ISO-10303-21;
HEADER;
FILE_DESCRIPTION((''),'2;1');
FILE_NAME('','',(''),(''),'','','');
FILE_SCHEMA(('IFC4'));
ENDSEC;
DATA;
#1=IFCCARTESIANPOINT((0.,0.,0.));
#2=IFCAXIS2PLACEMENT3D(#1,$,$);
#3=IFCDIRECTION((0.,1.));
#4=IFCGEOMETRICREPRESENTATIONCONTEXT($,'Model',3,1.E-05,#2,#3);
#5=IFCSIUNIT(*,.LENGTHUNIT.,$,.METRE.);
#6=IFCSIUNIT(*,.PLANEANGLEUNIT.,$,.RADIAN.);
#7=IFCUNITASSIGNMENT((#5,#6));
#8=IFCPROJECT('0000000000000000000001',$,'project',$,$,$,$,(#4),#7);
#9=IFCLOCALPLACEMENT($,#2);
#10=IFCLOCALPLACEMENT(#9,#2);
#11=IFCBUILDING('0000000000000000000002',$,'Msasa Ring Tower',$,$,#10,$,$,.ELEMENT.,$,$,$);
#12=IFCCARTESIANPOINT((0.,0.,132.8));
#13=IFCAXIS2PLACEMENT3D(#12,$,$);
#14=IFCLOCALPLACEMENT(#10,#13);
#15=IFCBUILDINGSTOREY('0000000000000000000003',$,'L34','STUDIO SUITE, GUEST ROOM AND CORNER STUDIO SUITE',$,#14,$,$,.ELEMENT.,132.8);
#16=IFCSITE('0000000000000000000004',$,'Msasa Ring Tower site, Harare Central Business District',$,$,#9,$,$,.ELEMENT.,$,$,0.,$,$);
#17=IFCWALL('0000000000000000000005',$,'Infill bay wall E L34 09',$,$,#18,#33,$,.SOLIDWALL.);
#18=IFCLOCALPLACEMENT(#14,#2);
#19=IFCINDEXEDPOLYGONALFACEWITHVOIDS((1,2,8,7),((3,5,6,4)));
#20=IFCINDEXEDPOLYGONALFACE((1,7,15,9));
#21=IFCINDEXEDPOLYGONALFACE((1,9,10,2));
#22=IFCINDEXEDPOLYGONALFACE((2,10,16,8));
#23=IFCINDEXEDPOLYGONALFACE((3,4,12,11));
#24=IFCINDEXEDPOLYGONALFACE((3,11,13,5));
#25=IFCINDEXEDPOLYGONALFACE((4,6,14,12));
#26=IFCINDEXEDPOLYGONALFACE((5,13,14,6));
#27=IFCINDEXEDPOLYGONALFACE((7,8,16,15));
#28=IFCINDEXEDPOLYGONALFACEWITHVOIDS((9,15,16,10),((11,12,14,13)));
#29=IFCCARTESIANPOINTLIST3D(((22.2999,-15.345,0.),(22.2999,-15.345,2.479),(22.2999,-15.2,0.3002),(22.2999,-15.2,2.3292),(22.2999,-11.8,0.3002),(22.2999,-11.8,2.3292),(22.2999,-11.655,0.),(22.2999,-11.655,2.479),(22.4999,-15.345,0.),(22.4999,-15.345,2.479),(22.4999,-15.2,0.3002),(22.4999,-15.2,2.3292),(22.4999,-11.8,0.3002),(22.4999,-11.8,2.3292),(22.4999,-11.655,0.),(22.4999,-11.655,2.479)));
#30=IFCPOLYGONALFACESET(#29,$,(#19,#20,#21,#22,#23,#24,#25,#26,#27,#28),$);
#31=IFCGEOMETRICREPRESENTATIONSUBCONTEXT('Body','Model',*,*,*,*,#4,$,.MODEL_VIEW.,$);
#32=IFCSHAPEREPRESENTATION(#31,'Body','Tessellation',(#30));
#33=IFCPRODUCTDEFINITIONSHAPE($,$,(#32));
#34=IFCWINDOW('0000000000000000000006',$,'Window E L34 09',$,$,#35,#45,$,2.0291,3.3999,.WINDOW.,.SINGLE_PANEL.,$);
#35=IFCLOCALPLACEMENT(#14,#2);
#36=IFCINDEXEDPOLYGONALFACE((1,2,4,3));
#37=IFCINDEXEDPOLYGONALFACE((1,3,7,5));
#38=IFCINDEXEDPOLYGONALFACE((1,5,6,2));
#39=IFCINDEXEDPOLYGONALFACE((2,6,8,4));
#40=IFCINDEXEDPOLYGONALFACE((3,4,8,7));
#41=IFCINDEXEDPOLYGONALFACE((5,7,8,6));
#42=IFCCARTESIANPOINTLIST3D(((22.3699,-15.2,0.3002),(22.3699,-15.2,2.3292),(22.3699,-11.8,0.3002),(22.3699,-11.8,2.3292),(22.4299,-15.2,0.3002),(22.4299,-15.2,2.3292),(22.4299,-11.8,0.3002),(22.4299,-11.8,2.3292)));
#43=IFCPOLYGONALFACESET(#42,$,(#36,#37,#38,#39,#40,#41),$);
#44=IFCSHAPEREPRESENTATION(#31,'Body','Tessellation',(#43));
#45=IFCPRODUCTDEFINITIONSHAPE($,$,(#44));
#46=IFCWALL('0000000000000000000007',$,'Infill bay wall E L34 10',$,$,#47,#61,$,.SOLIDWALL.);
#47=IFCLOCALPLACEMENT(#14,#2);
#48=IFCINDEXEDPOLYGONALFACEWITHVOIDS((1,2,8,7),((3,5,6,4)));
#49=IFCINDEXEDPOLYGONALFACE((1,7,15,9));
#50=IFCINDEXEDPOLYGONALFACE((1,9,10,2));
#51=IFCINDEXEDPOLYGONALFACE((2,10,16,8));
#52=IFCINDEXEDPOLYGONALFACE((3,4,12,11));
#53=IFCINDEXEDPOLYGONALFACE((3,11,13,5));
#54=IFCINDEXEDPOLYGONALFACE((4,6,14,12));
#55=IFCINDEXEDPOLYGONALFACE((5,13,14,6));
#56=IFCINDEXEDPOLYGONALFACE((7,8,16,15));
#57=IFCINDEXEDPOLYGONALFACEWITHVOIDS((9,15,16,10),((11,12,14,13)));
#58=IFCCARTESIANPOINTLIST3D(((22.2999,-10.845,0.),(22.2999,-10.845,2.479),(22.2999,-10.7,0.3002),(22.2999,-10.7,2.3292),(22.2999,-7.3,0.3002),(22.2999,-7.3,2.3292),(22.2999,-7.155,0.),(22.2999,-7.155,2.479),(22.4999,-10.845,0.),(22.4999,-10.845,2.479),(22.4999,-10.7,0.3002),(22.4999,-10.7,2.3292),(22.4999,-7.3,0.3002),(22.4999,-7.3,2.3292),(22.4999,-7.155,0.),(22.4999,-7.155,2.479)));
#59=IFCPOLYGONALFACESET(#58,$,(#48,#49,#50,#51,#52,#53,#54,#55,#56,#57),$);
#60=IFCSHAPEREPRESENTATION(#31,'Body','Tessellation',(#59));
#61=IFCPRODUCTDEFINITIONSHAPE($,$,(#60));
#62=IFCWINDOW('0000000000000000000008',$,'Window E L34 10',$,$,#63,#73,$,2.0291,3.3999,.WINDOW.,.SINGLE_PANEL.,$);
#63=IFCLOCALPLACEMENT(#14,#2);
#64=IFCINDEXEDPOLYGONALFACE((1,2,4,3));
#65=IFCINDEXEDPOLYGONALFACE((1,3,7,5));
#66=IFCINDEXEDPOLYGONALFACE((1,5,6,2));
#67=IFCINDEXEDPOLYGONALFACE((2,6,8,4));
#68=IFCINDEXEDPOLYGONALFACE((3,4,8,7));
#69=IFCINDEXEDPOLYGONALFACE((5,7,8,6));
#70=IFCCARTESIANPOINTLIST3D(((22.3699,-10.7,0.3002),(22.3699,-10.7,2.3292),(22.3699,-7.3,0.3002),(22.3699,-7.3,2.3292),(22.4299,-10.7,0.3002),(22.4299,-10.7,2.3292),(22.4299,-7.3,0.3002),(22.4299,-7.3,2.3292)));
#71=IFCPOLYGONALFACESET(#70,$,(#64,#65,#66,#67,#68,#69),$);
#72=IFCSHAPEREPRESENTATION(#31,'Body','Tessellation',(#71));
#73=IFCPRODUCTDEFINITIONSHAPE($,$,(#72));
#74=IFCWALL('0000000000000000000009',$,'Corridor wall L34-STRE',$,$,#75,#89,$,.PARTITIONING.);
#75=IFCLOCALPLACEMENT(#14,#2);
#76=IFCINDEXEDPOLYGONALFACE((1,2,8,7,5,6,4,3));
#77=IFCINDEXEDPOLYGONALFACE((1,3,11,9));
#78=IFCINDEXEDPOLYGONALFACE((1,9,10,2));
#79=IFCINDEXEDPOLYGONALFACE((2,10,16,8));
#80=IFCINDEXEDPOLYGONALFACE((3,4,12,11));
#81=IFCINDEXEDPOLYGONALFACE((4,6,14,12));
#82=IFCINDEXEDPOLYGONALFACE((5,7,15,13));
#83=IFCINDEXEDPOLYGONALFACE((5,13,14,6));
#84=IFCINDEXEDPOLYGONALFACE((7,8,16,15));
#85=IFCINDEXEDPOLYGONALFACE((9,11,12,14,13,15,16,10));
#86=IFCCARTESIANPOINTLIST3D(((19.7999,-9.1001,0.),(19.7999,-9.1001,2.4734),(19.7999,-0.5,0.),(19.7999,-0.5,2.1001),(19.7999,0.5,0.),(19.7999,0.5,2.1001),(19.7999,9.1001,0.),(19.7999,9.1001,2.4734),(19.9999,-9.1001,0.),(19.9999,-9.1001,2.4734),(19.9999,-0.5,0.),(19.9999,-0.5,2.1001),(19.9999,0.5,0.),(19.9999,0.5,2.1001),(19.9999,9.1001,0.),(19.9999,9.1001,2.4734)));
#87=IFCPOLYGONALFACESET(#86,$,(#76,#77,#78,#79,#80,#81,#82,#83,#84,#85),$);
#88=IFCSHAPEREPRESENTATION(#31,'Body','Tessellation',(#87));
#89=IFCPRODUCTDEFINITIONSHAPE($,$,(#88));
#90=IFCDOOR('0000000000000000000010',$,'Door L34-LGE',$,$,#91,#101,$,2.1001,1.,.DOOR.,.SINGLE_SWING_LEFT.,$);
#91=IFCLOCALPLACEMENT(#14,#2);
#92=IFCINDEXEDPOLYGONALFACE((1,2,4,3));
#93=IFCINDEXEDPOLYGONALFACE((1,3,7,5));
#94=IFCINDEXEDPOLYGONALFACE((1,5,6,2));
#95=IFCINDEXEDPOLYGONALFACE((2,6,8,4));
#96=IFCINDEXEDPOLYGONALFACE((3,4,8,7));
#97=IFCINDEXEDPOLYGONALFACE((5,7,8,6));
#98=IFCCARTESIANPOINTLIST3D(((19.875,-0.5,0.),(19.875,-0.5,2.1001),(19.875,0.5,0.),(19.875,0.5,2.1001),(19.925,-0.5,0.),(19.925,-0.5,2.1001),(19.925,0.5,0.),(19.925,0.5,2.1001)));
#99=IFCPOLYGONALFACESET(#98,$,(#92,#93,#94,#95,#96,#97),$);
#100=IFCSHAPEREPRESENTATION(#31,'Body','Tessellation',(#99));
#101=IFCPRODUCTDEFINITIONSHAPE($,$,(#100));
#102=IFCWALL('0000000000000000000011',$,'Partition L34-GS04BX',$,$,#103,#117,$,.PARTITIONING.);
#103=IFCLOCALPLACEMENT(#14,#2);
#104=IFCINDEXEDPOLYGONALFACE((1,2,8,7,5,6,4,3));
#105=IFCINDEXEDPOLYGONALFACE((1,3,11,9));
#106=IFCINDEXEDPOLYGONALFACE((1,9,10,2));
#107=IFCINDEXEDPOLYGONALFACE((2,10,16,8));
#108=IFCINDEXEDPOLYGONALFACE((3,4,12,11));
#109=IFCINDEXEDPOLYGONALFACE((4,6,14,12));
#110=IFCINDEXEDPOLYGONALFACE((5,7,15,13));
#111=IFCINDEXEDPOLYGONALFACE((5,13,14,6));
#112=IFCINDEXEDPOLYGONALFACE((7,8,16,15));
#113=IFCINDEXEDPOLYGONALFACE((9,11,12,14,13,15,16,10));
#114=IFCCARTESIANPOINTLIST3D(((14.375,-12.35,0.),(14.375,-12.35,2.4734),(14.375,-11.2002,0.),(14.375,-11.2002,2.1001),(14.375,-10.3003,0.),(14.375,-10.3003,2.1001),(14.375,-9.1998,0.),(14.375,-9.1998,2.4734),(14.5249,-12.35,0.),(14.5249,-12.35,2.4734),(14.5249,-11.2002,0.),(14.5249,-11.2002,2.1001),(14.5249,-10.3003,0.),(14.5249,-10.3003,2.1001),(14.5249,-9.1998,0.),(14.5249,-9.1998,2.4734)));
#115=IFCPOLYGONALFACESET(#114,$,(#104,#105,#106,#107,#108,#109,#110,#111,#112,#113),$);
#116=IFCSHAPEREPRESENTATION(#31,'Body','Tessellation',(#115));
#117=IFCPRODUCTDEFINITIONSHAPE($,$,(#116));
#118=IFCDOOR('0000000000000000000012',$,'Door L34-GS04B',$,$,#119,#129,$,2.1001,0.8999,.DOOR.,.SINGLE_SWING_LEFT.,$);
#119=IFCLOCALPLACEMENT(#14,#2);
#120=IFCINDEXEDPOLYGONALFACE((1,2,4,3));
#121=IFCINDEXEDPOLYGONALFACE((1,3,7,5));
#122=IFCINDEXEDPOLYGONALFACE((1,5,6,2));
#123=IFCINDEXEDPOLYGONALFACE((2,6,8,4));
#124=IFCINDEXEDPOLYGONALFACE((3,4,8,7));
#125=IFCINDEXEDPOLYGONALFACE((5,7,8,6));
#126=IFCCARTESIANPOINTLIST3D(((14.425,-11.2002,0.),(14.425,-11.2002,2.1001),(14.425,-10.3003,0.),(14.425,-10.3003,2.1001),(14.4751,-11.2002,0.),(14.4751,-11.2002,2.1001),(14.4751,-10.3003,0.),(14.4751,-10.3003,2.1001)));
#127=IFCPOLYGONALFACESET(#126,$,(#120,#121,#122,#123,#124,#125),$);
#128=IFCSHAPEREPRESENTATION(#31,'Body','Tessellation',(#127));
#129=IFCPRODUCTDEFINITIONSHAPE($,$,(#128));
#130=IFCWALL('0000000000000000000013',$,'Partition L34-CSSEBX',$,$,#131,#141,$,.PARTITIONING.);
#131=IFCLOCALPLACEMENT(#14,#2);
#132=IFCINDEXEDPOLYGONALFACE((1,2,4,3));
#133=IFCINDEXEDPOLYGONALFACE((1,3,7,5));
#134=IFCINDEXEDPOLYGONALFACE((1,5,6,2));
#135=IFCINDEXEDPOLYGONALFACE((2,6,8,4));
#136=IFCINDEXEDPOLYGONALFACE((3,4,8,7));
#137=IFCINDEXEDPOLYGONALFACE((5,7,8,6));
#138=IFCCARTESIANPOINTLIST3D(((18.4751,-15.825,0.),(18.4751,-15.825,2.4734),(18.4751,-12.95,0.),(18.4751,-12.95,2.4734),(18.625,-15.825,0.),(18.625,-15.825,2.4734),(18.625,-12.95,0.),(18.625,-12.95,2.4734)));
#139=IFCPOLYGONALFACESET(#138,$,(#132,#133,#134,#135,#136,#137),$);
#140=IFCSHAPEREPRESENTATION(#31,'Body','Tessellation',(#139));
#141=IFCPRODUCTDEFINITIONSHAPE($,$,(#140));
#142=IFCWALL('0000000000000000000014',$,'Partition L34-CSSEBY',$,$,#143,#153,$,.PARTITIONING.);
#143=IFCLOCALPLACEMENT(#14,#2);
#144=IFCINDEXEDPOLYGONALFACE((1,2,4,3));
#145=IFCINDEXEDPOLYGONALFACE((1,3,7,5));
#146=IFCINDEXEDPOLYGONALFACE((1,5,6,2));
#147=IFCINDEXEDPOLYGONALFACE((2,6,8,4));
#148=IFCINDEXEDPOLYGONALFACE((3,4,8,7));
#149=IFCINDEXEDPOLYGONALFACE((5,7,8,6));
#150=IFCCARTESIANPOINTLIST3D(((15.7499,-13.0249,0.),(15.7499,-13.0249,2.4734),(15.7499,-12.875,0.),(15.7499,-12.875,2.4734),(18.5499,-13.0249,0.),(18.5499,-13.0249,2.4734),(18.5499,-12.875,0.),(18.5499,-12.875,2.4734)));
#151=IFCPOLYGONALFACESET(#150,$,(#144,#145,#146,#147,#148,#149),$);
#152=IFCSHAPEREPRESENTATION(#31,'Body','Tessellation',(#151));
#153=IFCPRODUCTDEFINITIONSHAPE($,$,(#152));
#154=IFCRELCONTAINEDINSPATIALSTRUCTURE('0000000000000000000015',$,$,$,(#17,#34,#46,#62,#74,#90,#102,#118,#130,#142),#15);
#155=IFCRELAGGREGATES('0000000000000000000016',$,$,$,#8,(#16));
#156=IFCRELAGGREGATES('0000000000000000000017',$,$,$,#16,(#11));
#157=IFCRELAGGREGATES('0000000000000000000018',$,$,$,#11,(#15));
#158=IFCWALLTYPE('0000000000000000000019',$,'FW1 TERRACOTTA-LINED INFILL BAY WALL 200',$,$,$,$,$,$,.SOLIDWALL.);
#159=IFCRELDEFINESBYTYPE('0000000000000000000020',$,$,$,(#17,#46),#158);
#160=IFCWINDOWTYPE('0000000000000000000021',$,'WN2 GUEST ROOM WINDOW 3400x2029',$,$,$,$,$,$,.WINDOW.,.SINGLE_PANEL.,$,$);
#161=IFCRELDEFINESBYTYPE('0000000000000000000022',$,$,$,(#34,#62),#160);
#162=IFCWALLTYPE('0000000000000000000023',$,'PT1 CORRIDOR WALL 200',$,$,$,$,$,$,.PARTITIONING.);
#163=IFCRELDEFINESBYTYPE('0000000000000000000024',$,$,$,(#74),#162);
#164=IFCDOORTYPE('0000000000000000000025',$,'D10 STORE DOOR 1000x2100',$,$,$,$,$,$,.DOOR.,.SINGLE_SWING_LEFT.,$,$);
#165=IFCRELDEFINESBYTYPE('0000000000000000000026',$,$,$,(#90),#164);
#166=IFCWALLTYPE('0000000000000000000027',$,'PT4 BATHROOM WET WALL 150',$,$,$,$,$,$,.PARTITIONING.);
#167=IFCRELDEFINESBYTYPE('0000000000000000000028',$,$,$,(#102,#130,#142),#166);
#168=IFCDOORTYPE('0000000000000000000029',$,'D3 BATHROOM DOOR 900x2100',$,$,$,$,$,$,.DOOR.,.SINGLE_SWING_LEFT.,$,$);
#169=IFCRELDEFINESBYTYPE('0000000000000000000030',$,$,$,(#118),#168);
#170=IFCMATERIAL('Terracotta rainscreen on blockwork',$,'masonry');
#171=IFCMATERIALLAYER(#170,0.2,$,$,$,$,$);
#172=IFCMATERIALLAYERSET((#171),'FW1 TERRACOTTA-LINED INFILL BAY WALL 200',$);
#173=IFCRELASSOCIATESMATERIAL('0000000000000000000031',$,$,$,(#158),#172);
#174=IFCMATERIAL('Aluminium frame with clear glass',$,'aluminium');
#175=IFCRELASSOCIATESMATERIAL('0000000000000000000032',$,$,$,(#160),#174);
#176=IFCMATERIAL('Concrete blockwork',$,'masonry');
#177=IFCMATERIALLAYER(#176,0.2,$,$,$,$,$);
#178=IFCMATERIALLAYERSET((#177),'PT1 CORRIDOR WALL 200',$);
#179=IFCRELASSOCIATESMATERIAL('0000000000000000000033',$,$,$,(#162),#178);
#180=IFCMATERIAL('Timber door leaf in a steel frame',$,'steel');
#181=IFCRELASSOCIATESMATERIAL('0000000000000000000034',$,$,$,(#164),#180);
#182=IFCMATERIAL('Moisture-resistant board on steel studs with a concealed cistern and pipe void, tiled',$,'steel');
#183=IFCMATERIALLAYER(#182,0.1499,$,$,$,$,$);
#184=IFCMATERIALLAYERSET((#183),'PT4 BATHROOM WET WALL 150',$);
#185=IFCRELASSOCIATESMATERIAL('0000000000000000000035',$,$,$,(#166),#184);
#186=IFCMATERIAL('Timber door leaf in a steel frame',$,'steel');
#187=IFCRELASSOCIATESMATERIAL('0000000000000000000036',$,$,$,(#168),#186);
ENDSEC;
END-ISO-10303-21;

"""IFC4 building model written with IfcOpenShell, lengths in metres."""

from ifc_helpers import new_model, si_unit, direction, frame, frame_2d, origin, place, context, subcontext, project, spatial, rectangle, extrude, material, layer, layer_set, type_object, element, fill, save


model = new_model("IFC4")

# Units and contexts
model_context = context("Model", 3, precision=1e-05, world=origin(), true_north=direction((0.0, 1.0)))
body_context = subcontext(model_context, "Body", "Model", "MODEL_VIEW")
ifc_project = project(units=[si_unit("LENGTHUNIT", "METRE"), si_unit("PLANEANGLEUNIT", "RADIAN")], contexts=[model_context])

# Site, building, storey
site_placement = place(None, origin())
site = spatial("IfcSite", under=ifc_project, at=site_placement, Name="Msasa Ring Tower site, Harare Central Business District", CompositionType="ELEMENT", RefElevation=0.0)
building_placement = place(site_placement, origin())
building = spatial("IfcBuilding", under=site, at=building_placement, Name="Msasa Ring Tower", CompositionType="ELEMENT")
storey_placement = place(building_placement, frame((0.0, 0.0, 132.8)))
storey = spatial("IfcBuildingStorey", under=building, at=storey_placement, Name="L34", Description="STUDIO SUITE, GUEST ROOM AND CORNER STUDIO SUITE", CompositionType="ELEMENT", Elevation=132.8)

# Walls, openings, windows
ifc_material_1 = material(Name="Terracotta rainscreen on blockwork", Category="masonry")
ifc_layer_1 = layer(ifc_material_1, 0.2)
ifc_layer_set_1 = layer_set([ifc_layer_1], Name="FW1 TERRACOTTA-LINED INFILL BAY WALL 200")
wall_type_1 = type_object("IfcWallType", Name="FW1 TERRACOTTA-LINED INFILL BAY WALL 200", PredefinedType="SOLIDWALL", material=ifc_layer_set_1)
wall_1_placement = place(storey_placement, frame((22.3999, -15.345, 0.0), z_axis=(0.0, 0.0, 1.0), x_axis=(0.0, 1.0, 0.0)))
wall_1 = element("IfcWall", 1, at=wall_1_placement, inside=storey, type_object=wall_type_1, Name="Infill bay wall E L34 09", PredefinedType="SOLIDWALL", context=body_context, shape_type="SweptSolid", body=[
    extrude(rectangle(XDim=3.6899, YDim=0.2, at=frame_2d((1.845, 0.0))), origin(), (0.0, 0.0, 1.0), 2.479),
])
opening_1_placement = place(wall_1_placement, frame((0.145, 0.0, 0.3)))
opening_1 = element("IfcOpeningElement", 2, at=opening_1_placement, cuts=wall_1, PredefinedType="OPENING", context=body_context, shape_type="SweptSolid", body=[
    extrude(rectangle(XDim=3.3999, YDim=2.0291, at=frame_2d((1.7, 1.0146))), frame((0.0, 0.1099, 0.0), z_axis=(0.0, -1.0, 0.0), x_axis=(1.0, 0.0, 0.0)), (0.0, 0.0, 1.0), 0.22),
])
ifc_material_2 = material(Name="Aluminium frame with clear glass", Category="aluminium")
window_type = type_object("IfcWindowType", Name="WN2 GUEST ROOM WINDOW 3400x2029", PartitioningType="SINGLE_PANEL", PredefinedType="WINDOW", material=ifc_material_2)
window_1_placement = place(opening_1_placement, origin())
window_1 = element("IfcWindow", 3, at=window_1_placement, inside=storey, type_object=window_type, Name="Window E L34 09", OverallHeight=2.0291, OverallWidth=3.3999, PartitioningType="SINGLE_PANEL", PredefinedType="WINDOW", context=body_context, shape_type="SweptSolid", body=[
    extrude(rectangle(XDim=3.3999, YDim=2.0291, at=frame_2d((1.7, 1.0146))), frame((0.0, 0.03, 0.0), z_axis=(0.0, -1.0, 0.0), x_axis=(1.0, 0.0, 0.0)), (0.0, 0.0, 1.0), 0.0601),
])
fill(opening_1, window_1)
wall_2_placement = place(storey_placement, frame((22.3999, -10.845, 0.0), z_axis=(0.0, 0.0, 1.0), x_axis=(0.0, 1.0, 0.0)))
wall_2 = element("IfcWall", 4, at=wall_2_placement, inside=storey, type_object=wall_type_1, Name="Infill bay wall E L34 10", PredefinedType="SOLIDWALL", context=body_context, shape_type="SweptSolid", body=[
    extrude(rectangle(XDim=3.6899, YDim=0.2, at=frame_2d((1.845, 0.0))), origin(), (0.0, 0.0, 1.0), 2.479),
])
opening_2_placement = place(wall_2_placement, frame((0.145, 0.0, 0.3)))
opening_2 = element("IfcOpeningElement", 5, at=opening_2_placement, cuts=wall_2, PredefinedType="OPENING", context=body_context, shape_type="SweptSolid", body=[
    extrude(rectangle(XDim=3.3999, YDim=2.0291, at=frame_2d((1.7, 1.0146))), frame((0.0, 0.1099, 0.0), z_axis=(0.0, -1.0, 0.0), x_axis=(1.0, 0.0, 0.0)), (0.0, 0.0, 1.0), 0.22),
])
window_2_placement = place(opening_2_placement, origin())
window_2 = element("IfcWindow", 6, at=window_2_placement, inside=storey, type_object=window_type, Name="Window E L34 10", OverallHeight=2.0291, OverallWidth=3.3999, PartitioningType="SINGLE_PANEL", PredefinedType="WINDOW", context=body_context, shape_type="SweptSolid", body=[
    extrude(rectangle(XDim=3.3999, YDim=2.0291, at=frame_2d((1.7, 1.0146))), frame((0.0, 0.03, 0.0), z_axis=(0.0, -1.0, 0.0), x_axis=(1.0, 0.0, 0.0)), (0.0, 0.0, 1.0), 0.0601),
])
fill(opening_2, window_2)

# Walls, openings, doors
ifc_material_3 = material(Name="Concrete blockwork", Category="masonry")
ifc_layer_2 = layer(ifc_material_3, 0.2)
ifc_layer_set_2 = layer_set([ifc_layer_2], Name="PT1 CORRIDOR WALL 200")
wall_type_2 = type_object("IfcWallType", Name="PT1 CORRIDOR WALL 200", PredefinedType="PARTITIONING", material=ifc_layer_set_2)
wall_3_placement = place(storey_placement, frame((19.8999, -9.1001, 0.0), z_axis=(0.0, 0.0, 1.0), x_axis=(0.0, 1.0, 0.0)))
wall_3 = element("IfcWall", 7, at=wall_3_placement, inside=storey, type_object=wall_type_2, Name="Corridor wall L34-STRE", PredefinedType="PARTITIONING", context=body_context, shape_type="SweptSolid", body=[
    extrude(rectangle(XDim=18.2002, YDim=0.2, at=frame_2d((9.1001, 0.0))), origin(), (0.0, 0.0, 1.0), 2.4734),
])
opening_3_placement = place(wall_3_placement, frame((8.6001, 0.0, 0.0)))
opening_3 = element("IfcOpeningElement", 8, at=opening_3_placement, cuts=wall_3, PredefinedType="OPENING", context=body_context, shape_type="SweptSolid", body=[
    extrude(rectangle(XDim=1.0, YDim=2.1001, at=frame_2d((0.5, 1.05))), frame((0.0, 0.1099, 0.0), z_axis=(0.0, -1.0, 0.0), x_axis=(1.0, 0.0, 0.0)), (0.0, 0.0, 1.0), 0.22),
])
ifc_material_4 = material(Name="Timber door leaf in a steel frame", Category="steel")
door_type_1 = type_object("IfcDoorType", Name="D10 STORE DOOR 1000x2100", OperationType="SINGLE_SWING_LEFT", PredefinedType="DOOR", material=ifc_material_4)
door_1_placement = place(opening_3_placement, origin())
door_1 = element("IfcDoor", 9, at=door_1_placement, inside=storey, type_object=door_type_1, Name="Door L34-LGE", OperationType="SINGLE_SWING_LEFT", OverallHeight=2.1001, OverallWidth=1.0, PredefinedType="DOOR", context=body_context, shape_type="SweptSolid", body=[
    extrude(rectangle(XDim=1.0, YDim=2.1001, at=frame_2d((0.5, 1.05))), frame((0.0, 0.0249, 0.0), z_axis=(0.0, -1.0, 0.0), x_axis=(1.0, 0.0, 0.0)), (0.0, 0.0, 1.0), 0.05),
])
fill(opening_3, door_1)
ifc_material_5 = material(Name="Moisture-resistant board on steel studs with a concealed cistern and pipe void, tiled", Category="steel")
ifc_layer_3 = layer(ifc_material_5, 0.1499)
ifc_layer_set_3 = layer_set([ifc_layer_3], Name="PT4 BATHROOM WET WALL 150")
wall_type_3 = type_object("IfcWallType", Name="PT4 BATHROOM WET WALL 150", PredefinedType="PARTITIONING", material=ifc_layer_set_3)
wall_4_placement = place(storey_placement, frame((14.45, -12.3501, 0.0), z_axis=(0.0, 0.0, 1.0), x_axis=(0.0, 1.0, 0.0)))
wall_4 = element("IfcWall", 10, at=wall_4_placement, inside=storey, type_object=wall_type_3, Name="Partition L34-GS04BX", PredefinedType="PARTITIONING", context=body_context, shape_type="SweptSolid", body=[
    extrude(rectangle(XDim=3.1501, YDim=0.1499, at=frame_2d((1.5752, 0.0))), origin(), (0.0, 0.0, 1.0), 2.4734),
])
opening_4_placement = place(wall_4_placement, frame((1.1499, 0.0, 0.0)))
opening_4 = element("IfcOpeningElement", 11, at=opening_4_placement, cuts=wall_4, PredefinedType="OPENING", context=body_context, shape_type="SweptSolid", body=[
    extrude(rectangle(XDim=0.8999, YDim=2.1001, at=frame_2d((0.45, 1.05))), frame((0.0, 0.085, 0.0), z_axis=(0.0, -1.0, 0.0), x_axis=(1.0, 0.0, 0.0)), (0.0, 0.0, 1.0), 0.1699),
])
ifc_material_6 = material(Name="Timber door leaf in a steel frame", Category="steel")
door_type_2 = type_object("IfcDoorType", Name="D3 BATHROOM DOOR 900x2100", OperationType="SINGLE_SWING_LEFT", PredefinedType="DOOR", material=ifc_material_6)
door_2_placement = place(opening_4_placement, origin())
door_2 = element("IfcDoor", 12, at=door_2_placement, inside=storey, type_object=door_type_2, Name="Door L34-GS04B", OperationType="SINGLE_SWING_LEFT", OverallHeight=2.1001, OverallWidth=0.8999, PredefinedType="DOOR", context=body_context, shape_type="SweptSolid", body=[
    extrude(rectangle(XDim=0.8999, YDim=2.1001, at=frame_2d((0.45, 1.05))), frame((0.0, 0.0249, 0.0), z_axis=(0.0, -1.0, 0.0), x_axis=(1.0, 0.0, 0.0)), (0.0, 0.0, 1.0), 0.05),
])
fill(opening_4, door_2)

# Walls
wall_5_placement = place(storey_placement, frame((18.55, -15.825, 0.0), z_axis=(0.0, 0.0, 1.0), x_axis=(0.0, 1.0, 0.0)))
element("IfcWall", 13, at=wall_5_placement, inside=storey, type_object=wall_type_3, Name="Partition L34-CSSEBX", PredefinedType="PARTITIONING", context=body_context, shape_type="SweptSolid", body=[
    extrude(rectangle(XDim=2.875, YDim=0.1499, at=frame_2d((1.4375, 0.0))), origin(), (0.0, 0.0, 1.0), 2.4734),
])
wall_6_placement = place(storey_placement, frame((15.75, -12.95, 0.0), z_axis=(0.0, 0.0, 1.0), x_axis=(1.0, 0.0, 0.0)))
element("IfcWall", 14, at=wall_6_placement, inside=storey, type_object=wall_type_3, Name="Partition L34-CSSEBY", PredefinedType="PARTITIONING", context=body_context, shape_type="SweptSolid", body=[
    extrude(rectangle(XDim=2.8, YDim=0.1499, at=frame_2d((1.3999, 0.0))), origin(), (0.0, 0.0, 1.0), 2.4734),
])

save(model, "model.ifc")
